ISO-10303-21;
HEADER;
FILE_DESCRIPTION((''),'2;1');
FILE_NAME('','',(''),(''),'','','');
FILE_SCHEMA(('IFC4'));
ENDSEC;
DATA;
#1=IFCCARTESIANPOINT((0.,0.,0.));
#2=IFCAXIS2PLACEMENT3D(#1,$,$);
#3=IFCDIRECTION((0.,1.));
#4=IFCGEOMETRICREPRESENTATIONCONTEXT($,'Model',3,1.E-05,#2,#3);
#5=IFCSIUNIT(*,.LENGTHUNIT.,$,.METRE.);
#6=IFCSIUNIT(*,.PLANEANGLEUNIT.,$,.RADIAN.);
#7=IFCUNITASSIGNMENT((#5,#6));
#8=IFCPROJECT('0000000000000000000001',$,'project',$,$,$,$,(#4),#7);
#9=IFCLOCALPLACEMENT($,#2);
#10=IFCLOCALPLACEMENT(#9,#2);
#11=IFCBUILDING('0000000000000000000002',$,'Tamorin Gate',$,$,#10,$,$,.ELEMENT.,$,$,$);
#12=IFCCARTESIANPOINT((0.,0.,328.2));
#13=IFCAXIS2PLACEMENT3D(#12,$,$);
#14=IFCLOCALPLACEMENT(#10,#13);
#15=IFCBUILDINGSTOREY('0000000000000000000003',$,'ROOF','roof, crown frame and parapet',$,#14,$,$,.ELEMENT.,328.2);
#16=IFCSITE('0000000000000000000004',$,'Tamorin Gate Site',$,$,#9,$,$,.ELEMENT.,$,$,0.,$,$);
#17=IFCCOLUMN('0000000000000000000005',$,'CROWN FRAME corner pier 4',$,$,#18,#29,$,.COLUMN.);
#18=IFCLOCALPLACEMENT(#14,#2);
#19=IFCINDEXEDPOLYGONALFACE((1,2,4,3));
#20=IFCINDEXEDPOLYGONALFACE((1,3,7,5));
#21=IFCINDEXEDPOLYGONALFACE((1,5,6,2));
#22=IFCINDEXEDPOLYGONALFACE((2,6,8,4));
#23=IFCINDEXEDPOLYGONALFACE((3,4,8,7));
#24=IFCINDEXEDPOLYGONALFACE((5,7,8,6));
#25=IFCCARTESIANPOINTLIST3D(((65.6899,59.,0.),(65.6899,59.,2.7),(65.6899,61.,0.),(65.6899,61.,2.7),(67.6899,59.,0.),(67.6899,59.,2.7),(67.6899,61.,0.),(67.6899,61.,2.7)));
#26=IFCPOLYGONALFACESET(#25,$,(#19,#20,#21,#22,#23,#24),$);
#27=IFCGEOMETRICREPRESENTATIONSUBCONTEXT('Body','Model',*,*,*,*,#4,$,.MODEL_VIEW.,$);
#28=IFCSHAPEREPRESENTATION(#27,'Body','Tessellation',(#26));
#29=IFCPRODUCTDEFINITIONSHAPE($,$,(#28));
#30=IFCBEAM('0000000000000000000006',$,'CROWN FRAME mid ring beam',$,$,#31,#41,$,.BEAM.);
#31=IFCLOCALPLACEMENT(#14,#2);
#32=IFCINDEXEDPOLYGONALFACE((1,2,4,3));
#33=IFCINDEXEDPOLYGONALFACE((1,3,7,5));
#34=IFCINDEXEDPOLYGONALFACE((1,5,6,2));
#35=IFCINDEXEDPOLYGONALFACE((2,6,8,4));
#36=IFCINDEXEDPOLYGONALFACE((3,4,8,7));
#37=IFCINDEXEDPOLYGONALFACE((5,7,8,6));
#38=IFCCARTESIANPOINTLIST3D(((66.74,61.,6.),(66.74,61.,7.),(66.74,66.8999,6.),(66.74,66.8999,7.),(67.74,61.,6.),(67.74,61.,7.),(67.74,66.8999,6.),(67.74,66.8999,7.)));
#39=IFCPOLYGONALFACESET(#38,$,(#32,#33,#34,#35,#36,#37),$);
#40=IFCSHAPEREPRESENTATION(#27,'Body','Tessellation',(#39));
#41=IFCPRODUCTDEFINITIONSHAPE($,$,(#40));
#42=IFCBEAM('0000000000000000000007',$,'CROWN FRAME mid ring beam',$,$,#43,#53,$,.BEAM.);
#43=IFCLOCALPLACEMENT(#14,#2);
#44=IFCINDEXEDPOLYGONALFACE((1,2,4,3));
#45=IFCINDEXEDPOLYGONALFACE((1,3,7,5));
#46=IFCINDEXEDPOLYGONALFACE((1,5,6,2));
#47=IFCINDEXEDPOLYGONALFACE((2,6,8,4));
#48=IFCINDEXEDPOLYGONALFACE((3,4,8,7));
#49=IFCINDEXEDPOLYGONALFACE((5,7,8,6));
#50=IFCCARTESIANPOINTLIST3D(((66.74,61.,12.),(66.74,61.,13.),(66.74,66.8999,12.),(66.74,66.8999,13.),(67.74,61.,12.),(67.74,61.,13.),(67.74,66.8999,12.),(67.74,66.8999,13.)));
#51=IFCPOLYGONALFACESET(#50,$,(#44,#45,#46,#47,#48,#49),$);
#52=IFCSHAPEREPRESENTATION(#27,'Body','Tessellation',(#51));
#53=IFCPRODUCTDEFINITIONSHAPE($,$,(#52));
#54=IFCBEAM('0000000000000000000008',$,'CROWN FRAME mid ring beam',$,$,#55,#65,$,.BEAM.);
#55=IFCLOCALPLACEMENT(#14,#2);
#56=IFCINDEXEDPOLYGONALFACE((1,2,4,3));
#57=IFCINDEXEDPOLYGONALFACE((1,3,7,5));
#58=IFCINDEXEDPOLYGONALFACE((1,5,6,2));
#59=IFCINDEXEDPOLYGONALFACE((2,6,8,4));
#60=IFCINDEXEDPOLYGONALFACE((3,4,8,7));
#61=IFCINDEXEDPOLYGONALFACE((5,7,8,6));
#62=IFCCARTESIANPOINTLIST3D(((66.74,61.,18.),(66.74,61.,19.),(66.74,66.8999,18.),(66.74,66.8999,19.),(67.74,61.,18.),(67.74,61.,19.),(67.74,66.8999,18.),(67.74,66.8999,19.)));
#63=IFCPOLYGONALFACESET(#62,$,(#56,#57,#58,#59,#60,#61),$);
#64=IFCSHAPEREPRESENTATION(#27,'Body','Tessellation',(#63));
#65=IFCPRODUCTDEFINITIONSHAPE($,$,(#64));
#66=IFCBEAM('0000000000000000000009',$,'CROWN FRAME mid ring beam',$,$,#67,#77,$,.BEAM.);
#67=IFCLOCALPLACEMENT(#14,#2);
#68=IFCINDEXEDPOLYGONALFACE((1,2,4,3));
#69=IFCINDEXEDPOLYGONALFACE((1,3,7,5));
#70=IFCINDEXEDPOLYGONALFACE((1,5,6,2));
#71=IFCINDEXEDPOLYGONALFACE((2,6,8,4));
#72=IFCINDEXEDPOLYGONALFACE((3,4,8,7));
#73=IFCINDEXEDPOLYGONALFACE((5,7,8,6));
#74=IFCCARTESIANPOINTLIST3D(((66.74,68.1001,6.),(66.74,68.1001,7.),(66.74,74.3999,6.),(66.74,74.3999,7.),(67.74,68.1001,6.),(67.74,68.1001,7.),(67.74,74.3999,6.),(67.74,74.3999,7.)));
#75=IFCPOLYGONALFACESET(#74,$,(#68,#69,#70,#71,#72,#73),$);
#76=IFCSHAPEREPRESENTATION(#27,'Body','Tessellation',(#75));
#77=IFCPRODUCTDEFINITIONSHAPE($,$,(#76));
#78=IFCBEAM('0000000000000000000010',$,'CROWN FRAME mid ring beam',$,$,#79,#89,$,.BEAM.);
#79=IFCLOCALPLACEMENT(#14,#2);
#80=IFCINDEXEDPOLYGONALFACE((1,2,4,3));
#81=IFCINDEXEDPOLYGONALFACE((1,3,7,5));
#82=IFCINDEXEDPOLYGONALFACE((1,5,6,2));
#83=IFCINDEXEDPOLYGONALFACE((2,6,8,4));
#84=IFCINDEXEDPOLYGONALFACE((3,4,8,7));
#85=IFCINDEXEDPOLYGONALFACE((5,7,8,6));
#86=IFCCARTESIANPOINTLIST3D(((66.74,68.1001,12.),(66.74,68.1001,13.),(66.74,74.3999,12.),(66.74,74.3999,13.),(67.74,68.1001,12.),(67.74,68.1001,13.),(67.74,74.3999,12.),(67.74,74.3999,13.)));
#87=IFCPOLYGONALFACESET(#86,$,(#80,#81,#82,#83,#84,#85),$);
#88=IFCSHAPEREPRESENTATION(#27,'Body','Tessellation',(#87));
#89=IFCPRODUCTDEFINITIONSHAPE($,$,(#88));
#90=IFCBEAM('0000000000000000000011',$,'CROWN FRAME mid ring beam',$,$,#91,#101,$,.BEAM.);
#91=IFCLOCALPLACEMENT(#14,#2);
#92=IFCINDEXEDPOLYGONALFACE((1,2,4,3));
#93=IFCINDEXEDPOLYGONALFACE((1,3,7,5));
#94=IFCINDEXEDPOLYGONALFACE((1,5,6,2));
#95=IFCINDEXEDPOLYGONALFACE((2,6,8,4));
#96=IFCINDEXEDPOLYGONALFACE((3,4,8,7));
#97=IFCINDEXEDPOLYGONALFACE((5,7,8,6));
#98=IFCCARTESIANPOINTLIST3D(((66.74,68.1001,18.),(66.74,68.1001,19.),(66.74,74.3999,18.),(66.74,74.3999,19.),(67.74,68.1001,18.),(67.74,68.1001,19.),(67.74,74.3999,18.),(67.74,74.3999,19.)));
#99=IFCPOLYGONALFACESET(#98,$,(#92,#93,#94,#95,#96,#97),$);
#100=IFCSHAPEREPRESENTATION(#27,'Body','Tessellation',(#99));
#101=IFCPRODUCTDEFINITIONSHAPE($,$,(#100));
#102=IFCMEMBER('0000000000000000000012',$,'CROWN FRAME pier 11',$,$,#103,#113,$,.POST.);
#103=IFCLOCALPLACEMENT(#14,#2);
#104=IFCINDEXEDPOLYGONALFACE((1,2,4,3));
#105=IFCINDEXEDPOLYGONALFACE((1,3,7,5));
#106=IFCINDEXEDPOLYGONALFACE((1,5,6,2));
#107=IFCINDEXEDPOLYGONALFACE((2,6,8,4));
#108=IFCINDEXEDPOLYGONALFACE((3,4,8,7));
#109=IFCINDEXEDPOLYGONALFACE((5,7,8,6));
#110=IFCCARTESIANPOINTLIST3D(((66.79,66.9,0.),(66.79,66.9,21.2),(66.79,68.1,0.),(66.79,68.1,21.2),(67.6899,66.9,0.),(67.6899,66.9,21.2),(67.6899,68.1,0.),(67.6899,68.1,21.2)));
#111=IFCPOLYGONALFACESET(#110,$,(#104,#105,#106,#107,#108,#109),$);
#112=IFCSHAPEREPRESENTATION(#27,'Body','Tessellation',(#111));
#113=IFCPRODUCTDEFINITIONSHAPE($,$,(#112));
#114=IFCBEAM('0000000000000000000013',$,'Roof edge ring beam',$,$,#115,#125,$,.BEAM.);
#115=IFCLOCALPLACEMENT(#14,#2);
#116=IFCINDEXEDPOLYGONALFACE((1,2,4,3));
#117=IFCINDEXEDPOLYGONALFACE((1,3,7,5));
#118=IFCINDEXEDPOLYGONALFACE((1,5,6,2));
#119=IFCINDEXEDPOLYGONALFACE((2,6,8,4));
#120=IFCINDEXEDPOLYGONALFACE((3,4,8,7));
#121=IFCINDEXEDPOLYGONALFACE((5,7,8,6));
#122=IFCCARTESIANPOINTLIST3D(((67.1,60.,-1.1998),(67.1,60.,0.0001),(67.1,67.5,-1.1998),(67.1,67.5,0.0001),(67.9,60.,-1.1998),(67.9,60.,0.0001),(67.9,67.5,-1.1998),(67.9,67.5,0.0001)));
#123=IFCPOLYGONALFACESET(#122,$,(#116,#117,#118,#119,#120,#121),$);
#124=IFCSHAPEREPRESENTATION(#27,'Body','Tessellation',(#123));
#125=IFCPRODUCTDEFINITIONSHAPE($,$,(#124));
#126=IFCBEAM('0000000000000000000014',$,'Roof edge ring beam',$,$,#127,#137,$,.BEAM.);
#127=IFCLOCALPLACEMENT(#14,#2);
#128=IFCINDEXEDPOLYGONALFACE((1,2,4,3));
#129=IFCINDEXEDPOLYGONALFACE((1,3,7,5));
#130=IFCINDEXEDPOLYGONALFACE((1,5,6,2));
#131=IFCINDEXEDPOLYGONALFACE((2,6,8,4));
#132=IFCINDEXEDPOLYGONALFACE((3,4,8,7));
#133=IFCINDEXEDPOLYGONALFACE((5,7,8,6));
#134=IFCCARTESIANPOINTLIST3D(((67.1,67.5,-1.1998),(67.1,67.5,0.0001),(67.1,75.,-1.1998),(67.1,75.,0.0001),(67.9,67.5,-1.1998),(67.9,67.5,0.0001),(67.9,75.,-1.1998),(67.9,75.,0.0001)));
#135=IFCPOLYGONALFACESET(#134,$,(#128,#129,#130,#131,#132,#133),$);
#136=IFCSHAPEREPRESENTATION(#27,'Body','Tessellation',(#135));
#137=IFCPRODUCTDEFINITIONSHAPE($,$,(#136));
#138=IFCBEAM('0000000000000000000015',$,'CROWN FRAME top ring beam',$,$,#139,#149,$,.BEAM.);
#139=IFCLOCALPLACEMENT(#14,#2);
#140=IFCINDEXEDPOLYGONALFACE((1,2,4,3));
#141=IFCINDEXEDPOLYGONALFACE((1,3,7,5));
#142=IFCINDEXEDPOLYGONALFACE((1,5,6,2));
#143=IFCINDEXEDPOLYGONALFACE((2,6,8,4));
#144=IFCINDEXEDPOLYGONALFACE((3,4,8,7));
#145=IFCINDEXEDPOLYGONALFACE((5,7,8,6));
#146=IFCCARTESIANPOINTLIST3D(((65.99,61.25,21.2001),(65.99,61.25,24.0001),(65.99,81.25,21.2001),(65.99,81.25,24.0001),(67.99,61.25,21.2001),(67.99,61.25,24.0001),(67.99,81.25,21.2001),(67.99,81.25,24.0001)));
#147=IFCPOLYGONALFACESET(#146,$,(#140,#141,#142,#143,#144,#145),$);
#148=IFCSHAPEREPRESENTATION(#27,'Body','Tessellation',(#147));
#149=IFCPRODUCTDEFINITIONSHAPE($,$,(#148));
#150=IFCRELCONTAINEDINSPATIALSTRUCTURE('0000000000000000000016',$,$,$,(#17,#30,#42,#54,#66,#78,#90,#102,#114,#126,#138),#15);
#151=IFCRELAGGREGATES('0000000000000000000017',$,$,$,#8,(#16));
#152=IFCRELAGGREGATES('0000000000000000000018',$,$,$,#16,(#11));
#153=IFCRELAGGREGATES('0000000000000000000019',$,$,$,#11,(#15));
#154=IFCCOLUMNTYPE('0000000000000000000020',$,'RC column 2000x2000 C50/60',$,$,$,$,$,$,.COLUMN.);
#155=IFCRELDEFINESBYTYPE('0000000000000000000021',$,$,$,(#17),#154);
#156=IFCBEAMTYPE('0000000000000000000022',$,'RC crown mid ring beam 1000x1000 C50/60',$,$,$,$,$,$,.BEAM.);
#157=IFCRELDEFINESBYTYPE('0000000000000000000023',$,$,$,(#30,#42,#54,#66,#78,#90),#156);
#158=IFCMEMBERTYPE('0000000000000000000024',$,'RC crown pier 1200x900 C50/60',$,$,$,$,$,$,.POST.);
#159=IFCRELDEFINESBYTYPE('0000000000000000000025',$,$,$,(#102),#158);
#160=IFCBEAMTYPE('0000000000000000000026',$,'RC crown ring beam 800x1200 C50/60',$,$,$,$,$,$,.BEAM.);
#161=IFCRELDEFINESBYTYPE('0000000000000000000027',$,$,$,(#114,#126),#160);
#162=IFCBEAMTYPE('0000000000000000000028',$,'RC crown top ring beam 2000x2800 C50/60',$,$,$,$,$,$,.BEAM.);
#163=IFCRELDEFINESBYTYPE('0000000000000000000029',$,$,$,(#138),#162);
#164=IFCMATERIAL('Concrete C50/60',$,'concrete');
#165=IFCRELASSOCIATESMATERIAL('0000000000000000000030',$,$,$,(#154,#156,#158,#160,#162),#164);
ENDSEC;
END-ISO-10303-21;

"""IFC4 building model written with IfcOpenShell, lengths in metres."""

from ifc_helpers import new_model, si_unit, direction, frame, origin, origin_2d, place, context, subcontext, project, spatial, rectangle, extrude, material, material_profile, profile_set, type_object, element, save


model = new_model("IFC4")

# Units and contexts
model_context = context("Model", 3, precision=1e-05, world=origin(), true_north=direction((0.0, 1.0)))
body_context = subcontext(model_context, "Body", "Model", "MODEL_VIEW")
ifc_project = project(units=[si_unit("LENGTHUNIT", "METRE"), si_unit("PLANEANGLEUNIT", "RADIAN")], contexts=[model_context])

# Site, building, storey
site_placement = place(None, origin())
site = spatial("IfcSite", under=ifc_project, at=site_placement, Name="Tamorin Gate Site", CompositionType="ELEMENT", RefElevation=0.0)
building_placement = place(site_placement, origin())
building = spatial("IfcBuilding", under=site, at=building_placement, Name="Tamorin Gate", CompositionType="ELEMENT")
storey_placement = place(building_placement, frame((0.0, 0.0, 328.2)))
storey = spatial("IfcBuildingStorey", under=building, at=storey_placement, Name="ROOF", Description="roof, crown frame and parapet", CompositionType="ELEMENT", Elevation=328.2)

# Column
ifc_material_1 = material(Name="Concrete C50/60", Category="concrete")
ifc_material_profile_1 = material_profile(ifc_material_1, rectangle(XDim=2.0, YDim=2.0, at=origin_2d()), Name="RC 2000x2000")
ifc_profile_set_1 = profile_set([ifc_material_profile_1], Name="Concrete C50/60")
column_type = type_object("IfcColumnType", Name="RC column 2000x2000 C50/60", PredefinedType="COLUMN", material=ifc_profile_set_1)
column_placement = place(storey_placement, frame((66.6899, 60.0, 0.0), z_axis=(0.0, 0.0, 1.0), x_axis=(1.0, 0.0, 0.0)))
element("IfcColumn", 1, at=column_placement, inside=storey, type_object=column_type, Name="CROWN FRAME corner pier 4", PredefinedType="COLUMN", context=body_context, shape_type="SweptSolid", body=[
    extrude(rectangle(XDim=2.0, YDim=2.0, at=origin_2d()), origin(), (0.0, 0.0, 1.0), 2.7),
])

# Beams
ifc_material_profile_2 = material_profile(ifc_material_1, rectangle(XDim=1.0, YDim=1.0, at=origin_2d()), Name="RC 1000x1000")
ifc_profile_set_2 = profile_set([ifc_material_profile_2], Name="Concrete C50/60")
beam_type_1 = type_object("IfcBeamType", Name="RC crown mid ring beam 1000x1000 C50/60", PredefinedType="BEAM", material=ifc_profile_set_2)
for number, where, z_axis, x_axis, name in (
    (2, (67.24, 61.0, 6.5), (0.0, 1.0, 0.0), (-1.0, 0.0, 0.0), "CROWN FRAME mid ring beam"),
    (3, (67.24, 61.0, 12.5), (0.0, 1.0, 0.0), (-1.0, 0.0, 0.0), "CROWN FRAME mid ring beam"),
    (4, (67.24, 61.0, 18.5), (0.0, 1.0, 0.0), (-1.0, 0.0, 0.0), "CROWN FRAME mid ring beam"),
):
    element("IfcBeam", number, at=place(storey_placement, frame(where, z_axis=z_axis, x_axis=x_axis)), inside=storey, type_object=beam_type_1, Name=name, PredefinedType="BEAM", context=body_context, shape_type="SweptSolid", body=[
        extrude(rectangle(XDim=1.0, YDim=1.0, at=origin_2d()), origin(), (0.0, 0.0, 1.0), 5.8999),
    ])
for number, where, z_axis, x_axis, name in (
    (5, (67.24, 68.1001, 6.5), (0.0, 1.0, 0.0), (-1.0, 0.0, 0.0), "CROWN FRAME mid ring beam"),
    (6, (67.24, 68.1001, 12.5), (0.0, 1.0, 0.0), (-1.0, 0.0, 0.0), "CROWN FRAME mid ring beam"),
    (7, (67.24, 68.1001, 18.5), (0.0, 1.0, 0.0), (-1.0, 0.0, 0.0), "CROWN FRAME mid ring beam"),
):
    element("IfcBeam", number, at=place(storey_placement, frame(where, z_axis=z_axis, x_axis=x_axis)), inside=storey, type_object=beam_type_1, Name=name, PredefinedType="BEAM", context=body_context, shape_type="SweptSolid", body=[
        extrude(rectangle(XDim=1.0, YDim=1.0, at=origin_2d()), origin(), (0.0, 0.0, 1.0), 6.2998),
    ])

# Member
ifc_material_profile_3 = material_profile(ifc_material_1, rectangle(XDim=1.2, YDim=0.8999, at=origin_2d()), Name="RC 1200x900")
ifc_profile_set_3 = profile_set([ifc_material_profile_3], Name="Concrete C50/60")
member_type_1 = type_object("IfcMemberType", Name="RC crown pier 1200x900 C50/60", PredefinedType="POST", material=ifc_profile_set_3)
member_1_placement = place(storey_placement, frame((67.24, 67.5, 0.0), z_axis=(0.0, 0.0, 1.0), x_axis=(0.0, 1.0, 0.0)))
element("IfcMember", 8, at=member_1_placement, inside=storey, type_object=member_type_1, Name="CROWN FRAME pier 11", PredefinedType="POST", context=body_context, shape_type="SweptSolid", body=[
    extrude(rectangle(XDim=1.2, YDim=0.8999, at=origin_2d()), origin(), (0.0, 0.0, 1.0), 21.2),
])

# Beams
ifc_material_profile_4 = material_profile(ifc_material_1, rectangle(XDim=0.8, YDim=1.2, at=origin_2d()), Name="RC 800x1200")
ifc_profile_set_4 = profile_set([ifc_material_profile_4], Name="Concrete C50/60")
beam_type_2 = type_object("IfcBeamType", Name="RC crown ring beam 800x1200 C50/60", PredefinedType="BEAM", material=ifc_profile_set_4)
for number, where, z_axis, x_axis, name in (
    (9, (67.5, 60.0, -0.5999), (0.0, 1.0, 0.0), (-1.0, 0.0, 0.0), "Roof edge ring beam"),
    (10, (67.5, 67.5, -0.5999), (0.0, 1.0, 0.0), (-1.0, 0.0, 0.0), "Roof edge ring beam"),
):
    element("IfcBeam", number, at=place(storey_placement, frame(where, z_axis=z_axis, x_axis=x_axis)), inside=storey, type_object=beam_type_2, Name=name, PredefinedType="BEAM", context=body_context, shape_type="SweptSolid", body=[
        extrude(rectangle(XDim=0.8, YDim=1.2, at=origin_2d()), origin(), (0.0, 0.0, 1.0), 7.5),
    ])
ifc_material_profile_5 = material_profile(ifc_material_1, rectangle(XDim=2.0, YDim=2.8, at=origin_2d()), Name="RC 2000x2800")
ifc_profile_set_5 = profile_set([ifc_material_profile_5], Name="Concrete C50/60")
beam_type_3 = type_object("IfcBeamType", Name="RC crown top ring beam 2000x2800 C50/60", PredefinedType="BEAM", material=ifc_profile_set_5)
beam_placement = place(storey_placement, frame((66.99, 61.25, 22.6001), z_axis=(0.0, 1.0, 0.0), x_axis=(-1.0, 0.0, 0.0)))
element("IfcBeam", 11, at=beam_placement, inside=storey, type_object=beam_type_3, Name="CROWN FRAME top ring beam", PredefinedType="BEAM", context=body_context, shape_type="SweptSolid", body=[
    extrude(rectangle(XDim=2.0, YDim=2.8, at=origin_2d()), origin(), (0.0, 0.0, 1.0), 20.0),
])

save(model, "model.ifc")
